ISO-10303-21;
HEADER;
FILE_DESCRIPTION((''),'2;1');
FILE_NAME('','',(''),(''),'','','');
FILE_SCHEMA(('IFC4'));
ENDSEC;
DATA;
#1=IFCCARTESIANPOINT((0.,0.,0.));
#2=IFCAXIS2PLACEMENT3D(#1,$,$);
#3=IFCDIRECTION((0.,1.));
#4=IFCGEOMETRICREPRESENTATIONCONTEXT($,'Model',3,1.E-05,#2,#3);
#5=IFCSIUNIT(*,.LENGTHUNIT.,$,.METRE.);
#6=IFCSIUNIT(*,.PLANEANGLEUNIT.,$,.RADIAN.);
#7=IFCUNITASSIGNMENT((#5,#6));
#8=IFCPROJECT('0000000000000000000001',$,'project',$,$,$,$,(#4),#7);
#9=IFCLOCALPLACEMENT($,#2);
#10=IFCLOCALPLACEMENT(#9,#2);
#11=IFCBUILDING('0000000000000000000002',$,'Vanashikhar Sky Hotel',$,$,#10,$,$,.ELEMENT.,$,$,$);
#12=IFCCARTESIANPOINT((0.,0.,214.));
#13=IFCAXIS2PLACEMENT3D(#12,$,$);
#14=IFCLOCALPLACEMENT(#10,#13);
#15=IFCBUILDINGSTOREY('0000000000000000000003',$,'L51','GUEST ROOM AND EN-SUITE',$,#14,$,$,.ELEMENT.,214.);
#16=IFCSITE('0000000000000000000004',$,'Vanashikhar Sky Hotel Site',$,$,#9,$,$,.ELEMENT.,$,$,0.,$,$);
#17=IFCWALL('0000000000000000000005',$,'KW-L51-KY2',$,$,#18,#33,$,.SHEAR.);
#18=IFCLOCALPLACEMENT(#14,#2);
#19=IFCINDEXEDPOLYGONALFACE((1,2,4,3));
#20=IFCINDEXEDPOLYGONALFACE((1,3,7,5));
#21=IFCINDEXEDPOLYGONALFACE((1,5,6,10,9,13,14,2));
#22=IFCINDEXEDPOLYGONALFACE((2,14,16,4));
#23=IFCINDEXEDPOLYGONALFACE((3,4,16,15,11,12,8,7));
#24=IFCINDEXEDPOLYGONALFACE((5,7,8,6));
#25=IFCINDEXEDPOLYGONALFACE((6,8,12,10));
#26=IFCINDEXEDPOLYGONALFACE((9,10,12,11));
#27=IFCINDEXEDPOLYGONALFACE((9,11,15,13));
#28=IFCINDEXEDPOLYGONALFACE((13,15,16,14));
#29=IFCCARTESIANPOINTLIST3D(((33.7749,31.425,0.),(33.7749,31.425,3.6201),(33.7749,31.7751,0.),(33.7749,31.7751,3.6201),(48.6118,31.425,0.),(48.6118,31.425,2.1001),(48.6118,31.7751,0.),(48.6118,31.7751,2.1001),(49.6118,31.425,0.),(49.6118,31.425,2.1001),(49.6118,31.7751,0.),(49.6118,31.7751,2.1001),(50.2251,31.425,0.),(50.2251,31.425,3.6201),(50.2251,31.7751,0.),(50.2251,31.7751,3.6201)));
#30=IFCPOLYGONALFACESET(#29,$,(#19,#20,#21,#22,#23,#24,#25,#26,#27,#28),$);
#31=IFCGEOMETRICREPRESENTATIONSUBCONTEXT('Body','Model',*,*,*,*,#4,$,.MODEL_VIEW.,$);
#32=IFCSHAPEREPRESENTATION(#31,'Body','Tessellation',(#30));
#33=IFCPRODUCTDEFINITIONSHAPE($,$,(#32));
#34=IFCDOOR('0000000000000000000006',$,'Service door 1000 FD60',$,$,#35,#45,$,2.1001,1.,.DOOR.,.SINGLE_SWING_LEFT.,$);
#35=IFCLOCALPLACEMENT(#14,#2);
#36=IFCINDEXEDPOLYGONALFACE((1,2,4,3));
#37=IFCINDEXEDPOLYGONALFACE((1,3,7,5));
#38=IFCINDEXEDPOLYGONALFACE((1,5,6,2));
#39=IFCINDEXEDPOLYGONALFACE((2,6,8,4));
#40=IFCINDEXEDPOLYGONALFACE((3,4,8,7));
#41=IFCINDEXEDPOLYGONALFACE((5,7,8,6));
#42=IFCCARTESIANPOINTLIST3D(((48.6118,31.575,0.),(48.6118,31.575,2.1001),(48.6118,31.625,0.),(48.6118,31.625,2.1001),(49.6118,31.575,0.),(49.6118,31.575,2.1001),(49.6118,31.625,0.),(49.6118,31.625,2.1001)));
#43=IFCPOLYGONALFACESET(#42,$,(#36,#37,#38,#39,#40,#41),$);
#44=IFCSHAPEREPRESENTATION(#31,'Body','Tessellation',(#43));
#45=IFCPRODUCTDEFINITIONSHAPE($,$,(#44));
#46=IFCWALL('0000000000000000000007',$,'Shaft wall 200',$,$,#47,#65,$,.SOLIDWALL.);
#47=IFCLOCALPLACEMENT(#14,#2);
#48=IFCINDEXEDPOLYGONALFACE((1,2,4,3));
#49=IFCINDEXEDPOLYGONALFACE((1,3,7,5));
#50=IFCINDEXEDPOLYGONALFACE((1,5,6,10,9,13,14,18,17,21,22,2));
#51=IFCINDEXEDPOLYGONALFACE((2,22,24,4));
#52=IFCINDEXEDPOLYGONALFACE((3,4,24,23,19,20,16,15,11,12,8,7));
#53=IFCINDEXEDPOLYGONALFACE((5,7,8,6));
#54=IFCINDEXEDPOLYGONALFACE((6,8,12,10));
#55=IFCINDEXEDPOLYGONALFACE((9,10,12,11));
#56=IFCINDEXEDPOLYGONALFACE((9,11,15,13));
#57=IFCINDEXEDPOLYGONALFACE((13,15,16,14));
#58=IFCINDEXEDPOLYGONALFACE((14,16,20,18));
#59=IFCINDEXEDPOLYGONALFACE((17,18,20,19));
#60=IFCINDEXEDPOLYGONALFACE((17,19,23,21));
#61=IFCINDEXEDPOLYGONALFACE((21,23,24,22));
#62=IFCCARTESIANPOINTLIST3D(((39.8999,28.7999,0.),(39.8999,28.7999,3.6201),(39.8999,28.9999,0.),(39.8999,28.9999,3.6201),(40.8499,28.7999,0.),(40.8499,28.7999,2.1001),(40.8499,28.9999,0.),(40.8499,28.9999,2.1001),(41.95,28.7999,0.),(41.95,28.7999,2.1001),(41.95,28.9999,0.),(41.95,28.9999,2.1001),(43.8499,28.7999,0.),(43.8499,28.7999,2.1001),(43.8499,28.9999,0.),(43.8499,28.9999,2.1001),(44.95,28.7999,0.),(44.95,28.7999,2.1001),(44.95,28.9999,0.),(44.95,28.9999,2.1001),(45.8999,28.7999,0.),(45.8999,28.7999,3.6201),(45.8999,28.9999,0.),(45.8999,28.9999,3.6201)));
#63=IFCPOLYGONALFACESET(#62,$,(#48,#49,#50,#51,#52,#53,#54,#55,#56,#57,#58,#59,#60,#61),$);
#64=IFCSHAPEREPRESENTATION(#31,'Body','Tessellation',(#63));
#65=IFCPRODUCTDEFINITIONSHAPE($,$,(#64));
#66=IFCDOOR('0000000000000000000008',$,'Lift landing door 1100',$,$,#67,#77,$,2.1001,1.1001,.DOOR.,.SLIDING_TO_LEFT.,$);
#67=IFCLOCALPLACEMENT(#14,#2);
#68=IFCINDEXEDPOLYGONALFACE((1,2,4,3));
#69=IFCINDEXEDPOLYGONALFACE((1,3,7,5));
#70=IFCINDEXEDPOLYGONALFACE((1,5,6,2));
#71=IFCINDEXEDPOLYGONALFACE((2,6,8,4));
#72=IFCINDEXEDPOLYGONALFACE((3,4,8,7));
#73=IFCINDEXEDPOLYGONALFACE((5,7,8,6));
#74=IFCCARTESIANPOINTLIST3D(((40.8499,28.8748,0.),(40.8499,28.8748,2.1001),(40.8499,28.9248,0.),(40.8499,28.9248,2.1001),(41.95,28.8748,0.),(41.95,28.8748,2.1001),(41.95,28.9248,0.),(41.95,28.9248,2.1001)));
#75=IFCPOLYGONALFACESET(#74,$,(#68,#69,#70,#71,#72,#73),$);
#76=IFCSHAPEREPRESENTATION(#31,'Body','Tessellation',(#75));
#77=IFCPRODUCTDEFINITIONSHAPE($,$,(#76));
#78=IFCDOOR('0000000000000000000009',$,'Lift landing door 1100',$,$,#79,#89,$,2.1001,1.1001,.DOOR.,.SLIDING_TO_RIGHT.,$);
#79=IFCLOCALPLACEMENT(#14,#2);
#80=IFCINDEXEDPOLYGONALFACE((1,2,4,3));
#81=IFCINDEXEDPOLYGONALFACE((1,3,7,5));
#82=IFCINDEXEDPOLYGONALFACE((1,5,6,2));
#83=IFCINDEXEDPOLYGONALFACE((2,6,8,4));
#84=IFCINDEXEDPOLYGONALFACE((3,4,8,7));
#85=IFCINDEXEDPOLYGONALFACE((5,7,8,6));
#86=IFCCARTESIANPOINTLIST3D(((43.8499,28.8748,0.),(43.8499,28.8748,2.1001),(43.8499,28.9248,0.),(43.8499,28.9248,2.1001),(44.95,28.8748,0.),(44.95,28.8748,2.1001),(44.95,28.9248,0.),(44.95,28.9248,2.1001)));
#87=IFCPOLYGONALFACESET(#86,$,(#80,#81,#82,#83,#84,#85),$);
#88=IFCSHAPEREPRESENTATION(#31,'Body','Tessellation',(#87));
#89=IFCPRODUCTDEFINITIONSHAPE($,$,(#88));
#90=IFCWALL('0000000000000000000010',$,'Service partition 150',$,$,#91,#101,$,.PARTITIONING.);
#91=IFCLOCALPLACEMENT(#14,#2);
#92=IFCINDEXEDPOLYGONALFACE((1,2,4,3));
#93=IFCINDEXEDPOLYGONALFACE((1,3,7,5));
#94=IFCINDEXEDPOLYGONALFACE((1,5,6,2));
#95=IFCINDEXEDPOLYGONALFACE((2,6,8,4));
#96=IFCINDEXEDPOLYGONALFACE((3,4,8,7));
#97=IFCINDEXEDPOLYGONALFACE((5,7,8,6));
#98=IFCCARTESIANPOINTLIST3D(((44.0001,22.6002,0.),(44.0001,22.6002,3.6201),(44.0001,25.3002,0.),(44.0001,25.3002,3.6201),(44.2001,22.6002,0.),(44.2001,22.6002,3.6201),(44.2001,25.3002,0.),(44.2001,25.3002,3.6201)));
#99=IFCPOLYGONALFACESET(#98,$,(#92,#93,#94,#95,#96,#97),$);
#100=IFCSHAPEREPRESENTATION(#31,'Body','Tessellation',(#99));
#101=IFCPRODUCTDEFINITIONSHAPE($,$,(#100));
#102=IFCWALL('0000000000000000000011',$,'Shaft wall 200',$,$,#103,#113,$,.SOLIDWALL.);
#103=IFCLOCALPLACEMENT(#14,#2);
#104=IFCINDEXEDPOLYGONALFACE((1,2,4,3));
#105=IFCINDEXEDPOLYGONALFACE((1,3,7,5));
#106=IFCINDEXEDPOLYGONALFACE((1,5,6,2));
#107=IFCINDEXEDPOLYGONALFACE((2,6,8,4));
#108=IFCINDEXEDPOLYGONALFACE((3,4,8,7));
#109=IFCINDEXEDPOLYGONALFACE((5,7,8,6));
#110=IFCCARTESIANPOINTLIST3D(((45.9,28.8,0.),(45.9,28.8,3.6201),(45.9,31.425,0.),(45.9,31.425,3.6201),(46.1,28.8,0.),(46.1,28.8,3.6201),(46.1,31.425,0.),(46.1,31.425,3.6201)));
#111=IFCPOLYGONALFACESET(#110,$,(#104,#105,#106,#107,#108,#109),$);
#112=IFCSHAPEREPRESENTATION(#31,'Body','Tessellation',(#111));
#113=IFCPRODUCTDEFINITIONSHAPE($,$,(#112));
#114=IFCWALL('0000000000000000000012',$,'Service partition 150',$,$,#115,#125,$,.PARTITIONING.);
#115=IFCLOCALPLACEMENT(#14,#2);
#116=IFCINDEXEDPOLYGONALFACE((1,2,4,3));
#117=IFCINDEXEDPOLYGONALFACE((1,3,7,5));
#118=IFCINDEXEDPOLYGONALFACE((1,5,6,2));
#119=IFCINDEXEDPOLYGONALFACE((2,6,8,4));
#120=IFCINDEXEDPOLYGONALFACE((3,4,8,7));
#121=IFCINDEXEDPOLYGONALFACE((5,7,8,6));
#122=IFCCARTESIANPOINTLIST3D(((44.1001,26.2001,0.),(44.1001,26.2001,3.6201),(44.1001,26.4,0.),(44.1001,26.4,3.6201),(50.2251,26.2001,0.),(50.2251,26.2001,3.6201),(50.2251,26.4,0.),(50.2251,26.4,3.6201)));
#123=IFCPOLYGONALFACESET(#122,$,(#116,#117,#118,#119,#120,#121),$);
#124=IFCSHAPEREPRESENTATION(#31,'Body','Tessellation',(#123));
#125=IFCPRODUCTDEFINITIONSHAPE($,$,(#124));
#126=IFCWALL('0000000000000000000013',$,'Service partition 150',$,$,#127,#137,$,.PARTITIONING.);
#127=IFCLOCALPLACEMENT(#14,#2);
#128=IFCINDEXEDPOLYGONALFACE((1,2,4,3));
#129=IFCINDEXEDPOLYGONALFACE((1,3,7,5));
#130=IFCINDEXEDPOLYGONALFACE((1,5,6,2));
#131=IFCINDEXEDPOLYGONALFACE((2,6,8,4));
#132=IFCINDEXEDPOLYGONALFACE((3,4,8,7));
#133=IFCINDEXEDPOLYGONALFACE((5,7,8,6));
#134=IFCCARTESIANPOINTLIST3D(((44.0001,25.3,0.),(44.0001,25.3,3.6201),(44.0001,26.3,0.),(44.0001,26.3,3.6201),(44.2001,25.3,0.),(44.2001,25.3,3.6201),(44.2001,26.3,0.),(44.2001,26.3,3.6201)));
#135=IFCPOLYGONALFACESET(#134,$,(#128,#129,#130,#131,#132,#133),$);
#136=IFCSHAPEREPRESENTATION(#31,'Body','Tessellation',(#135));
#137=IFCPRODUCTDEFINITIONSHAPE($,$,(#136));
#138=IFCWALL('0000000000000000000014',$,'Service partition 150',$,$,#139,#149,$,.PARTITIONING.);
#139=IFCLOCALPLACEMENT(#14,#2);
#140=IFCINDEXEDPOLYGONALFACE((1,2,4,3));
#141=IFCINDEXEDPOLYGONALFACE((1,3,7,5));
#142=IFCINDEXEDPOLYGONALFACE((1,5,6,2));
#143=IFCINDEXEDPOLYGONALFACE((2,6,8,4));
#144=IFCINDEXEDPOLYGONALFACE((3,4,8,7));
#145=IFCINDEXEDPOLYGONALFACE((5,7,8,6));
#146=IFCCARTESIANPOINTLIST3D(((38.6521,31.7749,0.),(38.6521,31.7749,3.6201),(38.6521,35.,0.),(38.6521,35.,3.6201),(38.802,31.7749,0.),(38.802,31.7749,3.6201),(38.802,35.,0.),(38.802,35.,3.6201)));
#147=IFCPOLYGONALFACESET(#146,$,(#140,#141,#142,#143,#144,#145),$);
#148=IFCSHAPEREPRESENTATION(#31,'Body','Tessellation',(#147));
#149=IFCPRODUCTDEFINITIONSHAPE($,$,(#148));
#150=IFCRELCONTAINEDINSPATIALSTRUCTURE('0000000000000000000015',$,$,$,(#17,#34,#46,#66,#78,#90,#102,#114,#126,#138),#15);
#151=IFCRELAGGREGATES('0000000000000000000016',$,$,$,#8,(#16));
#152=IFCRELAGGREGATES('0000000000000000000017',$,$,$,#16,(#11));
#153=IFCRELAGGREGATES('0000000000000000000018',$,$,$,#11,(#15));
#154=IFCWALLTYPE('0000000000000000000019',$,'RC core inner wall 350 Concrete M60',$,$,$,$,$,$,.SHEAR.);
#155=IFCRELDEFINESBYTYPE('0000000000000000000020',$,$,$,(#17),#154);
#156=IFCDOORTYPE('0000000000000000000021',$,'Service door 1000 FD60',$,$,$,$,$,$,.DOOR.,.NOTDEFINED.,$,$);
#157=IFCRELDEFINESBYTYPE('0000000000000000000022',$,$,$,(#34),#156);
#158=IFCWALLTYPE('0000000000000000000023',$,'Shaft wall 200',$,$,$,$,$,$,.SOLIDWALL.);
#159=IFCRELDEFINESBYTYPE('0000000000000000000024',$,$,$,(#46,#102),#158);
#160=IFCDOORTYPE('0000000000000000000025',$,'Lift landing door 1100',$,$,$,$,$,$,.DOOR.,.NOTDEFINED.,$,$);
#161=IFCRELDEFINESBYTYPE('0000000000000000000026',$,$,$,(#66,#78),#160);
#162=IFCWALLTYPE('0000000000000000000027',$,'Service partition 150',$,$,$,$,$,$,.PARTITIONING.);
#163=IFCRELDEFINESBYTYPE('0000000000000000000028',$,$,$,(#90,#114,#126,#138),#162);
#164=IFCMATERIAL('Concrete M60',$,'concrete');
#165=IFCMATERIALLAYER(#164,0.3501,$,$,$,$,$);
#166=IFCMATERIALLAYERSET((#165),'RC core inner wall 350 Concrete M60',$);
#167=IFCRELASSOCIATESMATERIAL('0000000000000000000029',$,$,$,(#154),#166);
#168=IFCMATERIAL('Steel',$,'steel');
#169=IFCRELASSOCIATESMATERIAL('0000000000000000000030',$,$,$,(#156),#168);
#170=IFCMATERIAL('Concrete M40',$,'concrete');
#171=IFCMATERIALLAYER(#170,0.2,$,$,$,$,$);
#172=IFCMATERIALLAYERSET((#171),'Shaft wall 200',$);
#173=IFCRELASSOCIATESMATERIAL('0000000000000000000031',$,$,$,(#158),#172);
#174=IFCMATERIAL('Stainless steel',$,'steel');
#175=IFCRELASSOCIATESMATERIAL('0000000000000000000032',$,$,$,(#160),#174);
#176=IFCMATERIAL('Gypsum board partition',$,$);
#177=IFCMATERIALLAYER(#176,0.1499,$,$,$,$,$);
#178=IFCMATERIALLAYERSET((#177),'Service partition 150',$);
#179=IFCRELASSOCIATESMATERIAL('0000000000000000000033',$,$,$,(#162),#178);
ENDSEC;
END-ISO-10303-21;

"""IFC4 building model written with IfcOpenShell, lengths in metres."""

from ifc_helpers import new_model, si_unit, direction, frame, frame_2d, origin, place, context, subcontext, project, spatial, rectangle, extrude, source, transform, mapped, material, layer, layer_set, type_object, element, fill, save


model = new_model("IFC4")

# Units and contexts
model_context = context("Model", 3, precision=1e-05, world=origin(), true_north=direction((0.0, 1.0)))
body_context = subcontext(model_context, "Body", "Model", "MODEL_VIEW")
ifc_project = project(units=[si_unit("LENGTHUNIT", "METRE"), si_unit("PLANEANGLEUNIT", "RADIAN")], contexts=[model_context])

# Site, building, storey
site_placement = place(None, origin())
site = spatial("IfcSite", under=ifc_project, at=site_placement, Name="Vanashikhar Sky Hotel Site", CompositionType="ELEMENT", RefElevation=0.0)
building_placement = place(site_placement, origin())
building = spatial("IfcBuilding", under=site, at=building_placement, Name="Vanashikhar Sky Hotel", CompositionType="ELEMENT")
storey_placement = place(building_placement, frame((0.0, 0.0, 214.0)))
storey = spatial("IfcBuildingStorey", under=building, at=storey_placement, Name="L51", Description="GUEST ROOM AND EN-SUITE", CompositionType="ELEMENT", Elevation=214.0)

# Wall, opening, door
ifc_material_1 = material(Name="Concrete M60", Category="concrete")
ifc_layer_1 = layer(ifc_material_1, 0.3501)
ifc_layer_set_1 = layer_set([ifc_layer_1], Name="RC core inner wall 350 Concrete M60")
wall_type_1 = type_object("IfcWallType", Name="RC core inner wall 350 Concrete M60", PredefinedType="SHEAR", material=ifc_layer_set_1)
shared_shape_1 = source(origin(), body_context, "Body", "SweptSolid", [
    extrude(rectangle(XDim=16.4502, YDim=0.3501, at=frame_2d((8.2251, 0.0))), origin(), (0.0, 0.0, 1.0), 3.6201),
])
wall_1_placement = place(storey_placement, frame((33.7749, 31.6001, 0.0), z_axis=(0.0, 0.0, 1.0), x_axis=(1.0, 0.0, 0.0)))
wall_1 = element("IfcWall", 1, at=wall_1_placement, inside=storey, type_object=wall_type_1, Name="KW-L51-KY2", PredefinedType="SHEAR", context=body_context, shape_type="MappedRepresentation", body=[
    mapped(shared_shape_1, transform((0.0, 0.0, 0.0), scale=1.0)),
])
shared_shape_2 = source(origin(), body_context, "Body", "SweptSolid", [
    extrude(rectangle(XDim=1.0, YDim=2.1001, at=frame_2d((0.5, 1.05))), frame((0.0, 0.1851, 0.0), z_axis=(0.0, -1.0, 0.0), x_axis=(1.0, 0.0, 0.0)), (0.0, 0.0, 1.0), 0.3701),
])
opening_1_placement = place(wall_1_placement, frame((14.8369, 0.0, 0.0)))
opening_1 = element("IfcOpeningElement", 2, at=opening_1_placement, cuts=wall_1, PredefinedType="OPENING", context=body_context, shape_type="MappedRepresentation", body=[
    mapped(shared_shape_2, transform((0.0, 0.0, 0.0), scale=1.0)),
])
ifc_material_2 = material(Name="Steel", Category="steel")
door_type_1 = type_object("IfcDoorType", Name="Service door 1000 FD60", OperationType="NOTDEFINED", PredefinedType="DOOR", material=ifc_material_2)
shared_shape_3 = source(origin(), body_context, "Body", "SweptSolid", [
    extrude(rectangle(XDim=1.0, YDim=2.1001, at=frame_2d((0.5, 1.05))), frame((0.0, 0.0249, 0.0), z_axis=(0.0, -1.0, 0.0), x_axis=(1.0, 0.0, 0.0)), (0.0, 0.0, 1.0), 0.05),
])
door_1_placement = place(opening_1_placement, origin())
door_1 = element("IfcDoor", 3, at=door_1_placement, inside=storey, type_object=door_type_1, Name="Service door 1000 FD60", OperationType="SINGLE_SWING_LEFT", OverallHeight=2.1001, OverallWidth=1.0, PredefinedType="DOOR", context=body_context, shape_type="MappedRepresentation", body=[
    mapped(shared_shape_3, transform((0.0, 0.0, 0.0), scale=1.0)),
])
fill(opening_1, door_1)

# Wall, openings, doors
ifc_material_3 = material(Name="Concrete M40", Category="concrete")
ifc_layer_2 = layer(ifc_material_3, 0.2)
ifc_layer_set_2 = layer_set([ifc_layer_2], Name="Shaft wall 200")
wall_type_2 = type_object("IfcWallType", Name="Shaft wall 200", PredefinedType="SOLIDWALL", material=ifc_layer_set_2)
shared_shape_4 = source(origin(), body_context, "Body", "SweptSolid", [
    extrude(rectangle(XDim=6.0, YDim=0.2, at=frame_2d((3.0, 0.0))), origin(), (0.0, 0.0, 1.0), 3.6201),
])
wall_2_placement = place(storey_placement, frame((39.8999, 28.8999, 0.0), z_axis=(0.0, 0.0, 1.0), x_axis=(1.0, 0.0, 0.0)))
wall_2 = element("IfcWall", 4, at=wall_2_placement, inside=storey, type_object=wall_type_2, Name="Shaft wall 200", PredefinedType="SOLIDWALL", context=body_context, shape_type="MappedRepresentation", body=[
    mapped(shared_shape_4, transform((0.0, 0.0, 0.0), scale=1.0)),
])
shared_shape_5 = source(origin(), body_context, "Body", "SweptSolid", [
    extrude(rectangle(XDim=1.1001, YDim=2.1001, at=frame_2d((0.55, 1.05))), frame((0.0, 0.1099, 0.0), z_axis=(0.0, -1.0, 0.0), x_axis=(1.0, 0.0, 0.0)), (0.0, 0.0, 1.0), 0.22),
])
opening_2_placement = place(wall_2_placement, frame((0.95, 0.0, 0.0)))
opening_2 = element("IfcOpeningElement", 5, at=opening_2_placement, cuts=wall_2, PredefinedType="OPENING", context=body_context, shape_type="MappedRepresentation", body=[
    mapped(shared_shape_5, transform((0.0, 0.0, 0.0), scale=1.0)),
])
opening_3_placement = place(wall_2_placement, frame((3.95, 0.0, 0.0)))
opening_3 = element("IfcOpeningElement", 6, at=opening_3_placement, cuts=wall_2, PredefinedType="OPENING", context=body_context, shape_type="MappedRepresentation", body=[
    mapped(shared_shape_5, transform((0.0, 0.0, 0.0), scale=1.0)),
])
ifc_material_4 = material(Name="Stainless steel", Category="steel")
door_type_2 = type_object("IfcDoorType", Name="Lift landing door 1100", OperationType="NOTDEFINED", PredefinedType="DOOR", material=ifc_material_4)
shared_shape_6 = source(origin(), body_context, "Body", "SweptSolid", [
    extrude(rectangle(XDim=1.1001, YDim=2.1001, at=frame_2d((0.55, 1.05))), frame((0.0, 0.0249, 0.0), z_axis=(0.0, -1.0, 0.0), x_axis=(1.0, 0.0, 0.0)), (0.0, 0.0, 1.0), 0.05),
])
door_2_placement = place(opening_2_placement, origin())
door_2 = element("IfcDoor", 7, at=door_2_placement, inside=storey, type_object=door_type_2, Name="Lift landing door 1100", OperationType="SLIDING_TO_LEFT", OverallHeight=2.1001, OverallWidth=1.1001, PredefinedType="DOOR", context=body_context, shape_type="MappedRepresentation", body=[
    mapped(shared_shape_6, transform((0.0, 0.0, 0.0), scale=1.0)),
])
fill(opening_2, door_2)
door_3_placement = place(opening_3_placement, origin())
door_3 = element("IfcDoor", 8, at=door_3_placement, inside=storey, type_object=door_type_2, Name="Lift landing door 1100", OperationType="SLIDING_TO_RIGHT", OverallHeight=2.1001, OverallWidth=1.1001, PredefinedType="DOOR", context=body_context, shape_type="MappedRepresentation", body=[
    mapped(shared_shape_6, transform((0.0, 0.0, 0.0), scale=1.0)),
])
fill(opening_3, door_3)

# Walls
ifc_material_5 = material(Name="Gypsum board partition")
ifc_layer_3 = layer(ifc_material_5, 0.1499)
ifc_layer_set_3 = layer_set([ifc_layer_3], Name="Service partition 150")
wall_type_3 = type_object("IfcWallType", Name="Service partition 150", PredefinedType="PARTITIONING", material=ifc_layer_set_3)
shared_shape_7 = source(origin(), body_context, "Body", "SweptSolid", [
    extrude(rectangle(XDim=2.7, YDim=0.2, at=frame_2d((1.3501, 0.0))), origin(), (0.0, 0.0, 1.0), 3.6201),
])
wall_3_placement = place(storey_placement, frame((44.1001, 22.6001, 0.0), z_axis=(0.0, 0.0, 1.0), x_axis=(0.0, 1.0, 0.0)))
element("IfcWall", 9, at=wall_3_placement, inside=storey, type_object=wall_type_3, Name="Service partition 150", PredefinedType="PARTITIONING", context=body_context, shape_type="MappedRepresentation", body=[
    mapped(shared_shape_7, transform((0.0, 0.0, 0.0), scale=1.0)),
])
shared_shape_8 = source(origin(), body_context, "Body", "SweptSolid", [
    extrude(rectangle(XDim=2.625, YDim=0.2, at=frame_2d((1.3125, 0.0))), origin(), (0.0, 0.0, 1.0), 3.6201),
])
wall_4_placement = place(storey_placement, frame((46.0, 28.8, 0.0), z_axis=(0.0, 0.0, 1.0), x_axis=(0.0, 1.0, 0.0)))
element("IfcWall", 10, at=wall_4_placement, inside=storey, type_object=wall_type_2, Name="Shaft wall 200", PredefinedType="SOLIDWALL", context=body_context, shape_type="MappedRepresentation", body=[
    mapped(shared_shape_8, transform((0.0, 0.0, 0.0), scale=1.0)),
])
shared_shape_9 = source(origin(), body_context, "Body", "SweptSolid", [
    extrude(rectangle(XDim=6.125, YDim=0.2, at=frame_2d((3.0625, 0.0))), origin(), (0.0, 0.0, 1.0), 3.6201),
])
wall_5_placement = place(storey_placement, frame((44.1001, 26.3, 0.0), z_axis=(0.0, 0.0, 1.0), x_axis=(1.0, 0.0, 0.0)))
element("IfcWall", 11, at=wall_5_placement, inside=storey, type_object=wall_type_3, Name="Service partition 150", PredefinedType="PARTITIONING", context=body_context, shape_type="MappedRepresentation", body=[
    mapped(shared_shape_9, transform((0.0, 0.0, 0.0), scale=1.0)),
])
shared_shape_10 = source(origin(), body_context, "Body", "SweptSolid", [
    extrude(rectangle(XDim=1.0, YDim=0.2, at=frame_2d((0.5, 0.0))), origin(), (0.0, 0.0, 1.0), 3.6201),
])
wall_6_placement = place(storey_placement, frame((44.1001, 25.3, 0.0), z_axis=(0.0, 0.0, 1.0), x_axis=(0.0, 1.0, 0.0)))
element("IfcWall", 12, at=wall_6_placement, inside=storey, type_object=wall_type_3, Name="Service partition 150", PredefinedType="PARTITIONING", context=body_context, shape_type="MappedRepresentation", body=[
    mapped(shared_shape_10, transform((0.0, 0.0, 0.0), scale=1.0)),
])
shared_shape_11 = source(origin(), body_context, "Body", "SweptSolid", [
    extrude(rectangle(XDim=3.2251, YDim=0.1499, at=frame_2d((1.6125, 0.0))), origin(), (0.0, 0.0, 1.0), 3.6201),
])
wall_7_placement = place(storey_placement, frame((38.7271, 31.7749, 0.0), z_axis=(0.0, 0.0, 1.0), x_axis=(0.0, 1.0, 0.0)))
element("IfcWall", 13, at=wall_7_placement, inside=storey, type_object=wall_type_3, Name="Service partition 150", PredefinedType="PARTITIONING", context=body_context, shape_type="MappedRepresentation", body=[
    mapped(shared_shape_11, transform((0.0, 0.0, 0.0), scale=1.0)),
])

save(model, "model.ifc")
